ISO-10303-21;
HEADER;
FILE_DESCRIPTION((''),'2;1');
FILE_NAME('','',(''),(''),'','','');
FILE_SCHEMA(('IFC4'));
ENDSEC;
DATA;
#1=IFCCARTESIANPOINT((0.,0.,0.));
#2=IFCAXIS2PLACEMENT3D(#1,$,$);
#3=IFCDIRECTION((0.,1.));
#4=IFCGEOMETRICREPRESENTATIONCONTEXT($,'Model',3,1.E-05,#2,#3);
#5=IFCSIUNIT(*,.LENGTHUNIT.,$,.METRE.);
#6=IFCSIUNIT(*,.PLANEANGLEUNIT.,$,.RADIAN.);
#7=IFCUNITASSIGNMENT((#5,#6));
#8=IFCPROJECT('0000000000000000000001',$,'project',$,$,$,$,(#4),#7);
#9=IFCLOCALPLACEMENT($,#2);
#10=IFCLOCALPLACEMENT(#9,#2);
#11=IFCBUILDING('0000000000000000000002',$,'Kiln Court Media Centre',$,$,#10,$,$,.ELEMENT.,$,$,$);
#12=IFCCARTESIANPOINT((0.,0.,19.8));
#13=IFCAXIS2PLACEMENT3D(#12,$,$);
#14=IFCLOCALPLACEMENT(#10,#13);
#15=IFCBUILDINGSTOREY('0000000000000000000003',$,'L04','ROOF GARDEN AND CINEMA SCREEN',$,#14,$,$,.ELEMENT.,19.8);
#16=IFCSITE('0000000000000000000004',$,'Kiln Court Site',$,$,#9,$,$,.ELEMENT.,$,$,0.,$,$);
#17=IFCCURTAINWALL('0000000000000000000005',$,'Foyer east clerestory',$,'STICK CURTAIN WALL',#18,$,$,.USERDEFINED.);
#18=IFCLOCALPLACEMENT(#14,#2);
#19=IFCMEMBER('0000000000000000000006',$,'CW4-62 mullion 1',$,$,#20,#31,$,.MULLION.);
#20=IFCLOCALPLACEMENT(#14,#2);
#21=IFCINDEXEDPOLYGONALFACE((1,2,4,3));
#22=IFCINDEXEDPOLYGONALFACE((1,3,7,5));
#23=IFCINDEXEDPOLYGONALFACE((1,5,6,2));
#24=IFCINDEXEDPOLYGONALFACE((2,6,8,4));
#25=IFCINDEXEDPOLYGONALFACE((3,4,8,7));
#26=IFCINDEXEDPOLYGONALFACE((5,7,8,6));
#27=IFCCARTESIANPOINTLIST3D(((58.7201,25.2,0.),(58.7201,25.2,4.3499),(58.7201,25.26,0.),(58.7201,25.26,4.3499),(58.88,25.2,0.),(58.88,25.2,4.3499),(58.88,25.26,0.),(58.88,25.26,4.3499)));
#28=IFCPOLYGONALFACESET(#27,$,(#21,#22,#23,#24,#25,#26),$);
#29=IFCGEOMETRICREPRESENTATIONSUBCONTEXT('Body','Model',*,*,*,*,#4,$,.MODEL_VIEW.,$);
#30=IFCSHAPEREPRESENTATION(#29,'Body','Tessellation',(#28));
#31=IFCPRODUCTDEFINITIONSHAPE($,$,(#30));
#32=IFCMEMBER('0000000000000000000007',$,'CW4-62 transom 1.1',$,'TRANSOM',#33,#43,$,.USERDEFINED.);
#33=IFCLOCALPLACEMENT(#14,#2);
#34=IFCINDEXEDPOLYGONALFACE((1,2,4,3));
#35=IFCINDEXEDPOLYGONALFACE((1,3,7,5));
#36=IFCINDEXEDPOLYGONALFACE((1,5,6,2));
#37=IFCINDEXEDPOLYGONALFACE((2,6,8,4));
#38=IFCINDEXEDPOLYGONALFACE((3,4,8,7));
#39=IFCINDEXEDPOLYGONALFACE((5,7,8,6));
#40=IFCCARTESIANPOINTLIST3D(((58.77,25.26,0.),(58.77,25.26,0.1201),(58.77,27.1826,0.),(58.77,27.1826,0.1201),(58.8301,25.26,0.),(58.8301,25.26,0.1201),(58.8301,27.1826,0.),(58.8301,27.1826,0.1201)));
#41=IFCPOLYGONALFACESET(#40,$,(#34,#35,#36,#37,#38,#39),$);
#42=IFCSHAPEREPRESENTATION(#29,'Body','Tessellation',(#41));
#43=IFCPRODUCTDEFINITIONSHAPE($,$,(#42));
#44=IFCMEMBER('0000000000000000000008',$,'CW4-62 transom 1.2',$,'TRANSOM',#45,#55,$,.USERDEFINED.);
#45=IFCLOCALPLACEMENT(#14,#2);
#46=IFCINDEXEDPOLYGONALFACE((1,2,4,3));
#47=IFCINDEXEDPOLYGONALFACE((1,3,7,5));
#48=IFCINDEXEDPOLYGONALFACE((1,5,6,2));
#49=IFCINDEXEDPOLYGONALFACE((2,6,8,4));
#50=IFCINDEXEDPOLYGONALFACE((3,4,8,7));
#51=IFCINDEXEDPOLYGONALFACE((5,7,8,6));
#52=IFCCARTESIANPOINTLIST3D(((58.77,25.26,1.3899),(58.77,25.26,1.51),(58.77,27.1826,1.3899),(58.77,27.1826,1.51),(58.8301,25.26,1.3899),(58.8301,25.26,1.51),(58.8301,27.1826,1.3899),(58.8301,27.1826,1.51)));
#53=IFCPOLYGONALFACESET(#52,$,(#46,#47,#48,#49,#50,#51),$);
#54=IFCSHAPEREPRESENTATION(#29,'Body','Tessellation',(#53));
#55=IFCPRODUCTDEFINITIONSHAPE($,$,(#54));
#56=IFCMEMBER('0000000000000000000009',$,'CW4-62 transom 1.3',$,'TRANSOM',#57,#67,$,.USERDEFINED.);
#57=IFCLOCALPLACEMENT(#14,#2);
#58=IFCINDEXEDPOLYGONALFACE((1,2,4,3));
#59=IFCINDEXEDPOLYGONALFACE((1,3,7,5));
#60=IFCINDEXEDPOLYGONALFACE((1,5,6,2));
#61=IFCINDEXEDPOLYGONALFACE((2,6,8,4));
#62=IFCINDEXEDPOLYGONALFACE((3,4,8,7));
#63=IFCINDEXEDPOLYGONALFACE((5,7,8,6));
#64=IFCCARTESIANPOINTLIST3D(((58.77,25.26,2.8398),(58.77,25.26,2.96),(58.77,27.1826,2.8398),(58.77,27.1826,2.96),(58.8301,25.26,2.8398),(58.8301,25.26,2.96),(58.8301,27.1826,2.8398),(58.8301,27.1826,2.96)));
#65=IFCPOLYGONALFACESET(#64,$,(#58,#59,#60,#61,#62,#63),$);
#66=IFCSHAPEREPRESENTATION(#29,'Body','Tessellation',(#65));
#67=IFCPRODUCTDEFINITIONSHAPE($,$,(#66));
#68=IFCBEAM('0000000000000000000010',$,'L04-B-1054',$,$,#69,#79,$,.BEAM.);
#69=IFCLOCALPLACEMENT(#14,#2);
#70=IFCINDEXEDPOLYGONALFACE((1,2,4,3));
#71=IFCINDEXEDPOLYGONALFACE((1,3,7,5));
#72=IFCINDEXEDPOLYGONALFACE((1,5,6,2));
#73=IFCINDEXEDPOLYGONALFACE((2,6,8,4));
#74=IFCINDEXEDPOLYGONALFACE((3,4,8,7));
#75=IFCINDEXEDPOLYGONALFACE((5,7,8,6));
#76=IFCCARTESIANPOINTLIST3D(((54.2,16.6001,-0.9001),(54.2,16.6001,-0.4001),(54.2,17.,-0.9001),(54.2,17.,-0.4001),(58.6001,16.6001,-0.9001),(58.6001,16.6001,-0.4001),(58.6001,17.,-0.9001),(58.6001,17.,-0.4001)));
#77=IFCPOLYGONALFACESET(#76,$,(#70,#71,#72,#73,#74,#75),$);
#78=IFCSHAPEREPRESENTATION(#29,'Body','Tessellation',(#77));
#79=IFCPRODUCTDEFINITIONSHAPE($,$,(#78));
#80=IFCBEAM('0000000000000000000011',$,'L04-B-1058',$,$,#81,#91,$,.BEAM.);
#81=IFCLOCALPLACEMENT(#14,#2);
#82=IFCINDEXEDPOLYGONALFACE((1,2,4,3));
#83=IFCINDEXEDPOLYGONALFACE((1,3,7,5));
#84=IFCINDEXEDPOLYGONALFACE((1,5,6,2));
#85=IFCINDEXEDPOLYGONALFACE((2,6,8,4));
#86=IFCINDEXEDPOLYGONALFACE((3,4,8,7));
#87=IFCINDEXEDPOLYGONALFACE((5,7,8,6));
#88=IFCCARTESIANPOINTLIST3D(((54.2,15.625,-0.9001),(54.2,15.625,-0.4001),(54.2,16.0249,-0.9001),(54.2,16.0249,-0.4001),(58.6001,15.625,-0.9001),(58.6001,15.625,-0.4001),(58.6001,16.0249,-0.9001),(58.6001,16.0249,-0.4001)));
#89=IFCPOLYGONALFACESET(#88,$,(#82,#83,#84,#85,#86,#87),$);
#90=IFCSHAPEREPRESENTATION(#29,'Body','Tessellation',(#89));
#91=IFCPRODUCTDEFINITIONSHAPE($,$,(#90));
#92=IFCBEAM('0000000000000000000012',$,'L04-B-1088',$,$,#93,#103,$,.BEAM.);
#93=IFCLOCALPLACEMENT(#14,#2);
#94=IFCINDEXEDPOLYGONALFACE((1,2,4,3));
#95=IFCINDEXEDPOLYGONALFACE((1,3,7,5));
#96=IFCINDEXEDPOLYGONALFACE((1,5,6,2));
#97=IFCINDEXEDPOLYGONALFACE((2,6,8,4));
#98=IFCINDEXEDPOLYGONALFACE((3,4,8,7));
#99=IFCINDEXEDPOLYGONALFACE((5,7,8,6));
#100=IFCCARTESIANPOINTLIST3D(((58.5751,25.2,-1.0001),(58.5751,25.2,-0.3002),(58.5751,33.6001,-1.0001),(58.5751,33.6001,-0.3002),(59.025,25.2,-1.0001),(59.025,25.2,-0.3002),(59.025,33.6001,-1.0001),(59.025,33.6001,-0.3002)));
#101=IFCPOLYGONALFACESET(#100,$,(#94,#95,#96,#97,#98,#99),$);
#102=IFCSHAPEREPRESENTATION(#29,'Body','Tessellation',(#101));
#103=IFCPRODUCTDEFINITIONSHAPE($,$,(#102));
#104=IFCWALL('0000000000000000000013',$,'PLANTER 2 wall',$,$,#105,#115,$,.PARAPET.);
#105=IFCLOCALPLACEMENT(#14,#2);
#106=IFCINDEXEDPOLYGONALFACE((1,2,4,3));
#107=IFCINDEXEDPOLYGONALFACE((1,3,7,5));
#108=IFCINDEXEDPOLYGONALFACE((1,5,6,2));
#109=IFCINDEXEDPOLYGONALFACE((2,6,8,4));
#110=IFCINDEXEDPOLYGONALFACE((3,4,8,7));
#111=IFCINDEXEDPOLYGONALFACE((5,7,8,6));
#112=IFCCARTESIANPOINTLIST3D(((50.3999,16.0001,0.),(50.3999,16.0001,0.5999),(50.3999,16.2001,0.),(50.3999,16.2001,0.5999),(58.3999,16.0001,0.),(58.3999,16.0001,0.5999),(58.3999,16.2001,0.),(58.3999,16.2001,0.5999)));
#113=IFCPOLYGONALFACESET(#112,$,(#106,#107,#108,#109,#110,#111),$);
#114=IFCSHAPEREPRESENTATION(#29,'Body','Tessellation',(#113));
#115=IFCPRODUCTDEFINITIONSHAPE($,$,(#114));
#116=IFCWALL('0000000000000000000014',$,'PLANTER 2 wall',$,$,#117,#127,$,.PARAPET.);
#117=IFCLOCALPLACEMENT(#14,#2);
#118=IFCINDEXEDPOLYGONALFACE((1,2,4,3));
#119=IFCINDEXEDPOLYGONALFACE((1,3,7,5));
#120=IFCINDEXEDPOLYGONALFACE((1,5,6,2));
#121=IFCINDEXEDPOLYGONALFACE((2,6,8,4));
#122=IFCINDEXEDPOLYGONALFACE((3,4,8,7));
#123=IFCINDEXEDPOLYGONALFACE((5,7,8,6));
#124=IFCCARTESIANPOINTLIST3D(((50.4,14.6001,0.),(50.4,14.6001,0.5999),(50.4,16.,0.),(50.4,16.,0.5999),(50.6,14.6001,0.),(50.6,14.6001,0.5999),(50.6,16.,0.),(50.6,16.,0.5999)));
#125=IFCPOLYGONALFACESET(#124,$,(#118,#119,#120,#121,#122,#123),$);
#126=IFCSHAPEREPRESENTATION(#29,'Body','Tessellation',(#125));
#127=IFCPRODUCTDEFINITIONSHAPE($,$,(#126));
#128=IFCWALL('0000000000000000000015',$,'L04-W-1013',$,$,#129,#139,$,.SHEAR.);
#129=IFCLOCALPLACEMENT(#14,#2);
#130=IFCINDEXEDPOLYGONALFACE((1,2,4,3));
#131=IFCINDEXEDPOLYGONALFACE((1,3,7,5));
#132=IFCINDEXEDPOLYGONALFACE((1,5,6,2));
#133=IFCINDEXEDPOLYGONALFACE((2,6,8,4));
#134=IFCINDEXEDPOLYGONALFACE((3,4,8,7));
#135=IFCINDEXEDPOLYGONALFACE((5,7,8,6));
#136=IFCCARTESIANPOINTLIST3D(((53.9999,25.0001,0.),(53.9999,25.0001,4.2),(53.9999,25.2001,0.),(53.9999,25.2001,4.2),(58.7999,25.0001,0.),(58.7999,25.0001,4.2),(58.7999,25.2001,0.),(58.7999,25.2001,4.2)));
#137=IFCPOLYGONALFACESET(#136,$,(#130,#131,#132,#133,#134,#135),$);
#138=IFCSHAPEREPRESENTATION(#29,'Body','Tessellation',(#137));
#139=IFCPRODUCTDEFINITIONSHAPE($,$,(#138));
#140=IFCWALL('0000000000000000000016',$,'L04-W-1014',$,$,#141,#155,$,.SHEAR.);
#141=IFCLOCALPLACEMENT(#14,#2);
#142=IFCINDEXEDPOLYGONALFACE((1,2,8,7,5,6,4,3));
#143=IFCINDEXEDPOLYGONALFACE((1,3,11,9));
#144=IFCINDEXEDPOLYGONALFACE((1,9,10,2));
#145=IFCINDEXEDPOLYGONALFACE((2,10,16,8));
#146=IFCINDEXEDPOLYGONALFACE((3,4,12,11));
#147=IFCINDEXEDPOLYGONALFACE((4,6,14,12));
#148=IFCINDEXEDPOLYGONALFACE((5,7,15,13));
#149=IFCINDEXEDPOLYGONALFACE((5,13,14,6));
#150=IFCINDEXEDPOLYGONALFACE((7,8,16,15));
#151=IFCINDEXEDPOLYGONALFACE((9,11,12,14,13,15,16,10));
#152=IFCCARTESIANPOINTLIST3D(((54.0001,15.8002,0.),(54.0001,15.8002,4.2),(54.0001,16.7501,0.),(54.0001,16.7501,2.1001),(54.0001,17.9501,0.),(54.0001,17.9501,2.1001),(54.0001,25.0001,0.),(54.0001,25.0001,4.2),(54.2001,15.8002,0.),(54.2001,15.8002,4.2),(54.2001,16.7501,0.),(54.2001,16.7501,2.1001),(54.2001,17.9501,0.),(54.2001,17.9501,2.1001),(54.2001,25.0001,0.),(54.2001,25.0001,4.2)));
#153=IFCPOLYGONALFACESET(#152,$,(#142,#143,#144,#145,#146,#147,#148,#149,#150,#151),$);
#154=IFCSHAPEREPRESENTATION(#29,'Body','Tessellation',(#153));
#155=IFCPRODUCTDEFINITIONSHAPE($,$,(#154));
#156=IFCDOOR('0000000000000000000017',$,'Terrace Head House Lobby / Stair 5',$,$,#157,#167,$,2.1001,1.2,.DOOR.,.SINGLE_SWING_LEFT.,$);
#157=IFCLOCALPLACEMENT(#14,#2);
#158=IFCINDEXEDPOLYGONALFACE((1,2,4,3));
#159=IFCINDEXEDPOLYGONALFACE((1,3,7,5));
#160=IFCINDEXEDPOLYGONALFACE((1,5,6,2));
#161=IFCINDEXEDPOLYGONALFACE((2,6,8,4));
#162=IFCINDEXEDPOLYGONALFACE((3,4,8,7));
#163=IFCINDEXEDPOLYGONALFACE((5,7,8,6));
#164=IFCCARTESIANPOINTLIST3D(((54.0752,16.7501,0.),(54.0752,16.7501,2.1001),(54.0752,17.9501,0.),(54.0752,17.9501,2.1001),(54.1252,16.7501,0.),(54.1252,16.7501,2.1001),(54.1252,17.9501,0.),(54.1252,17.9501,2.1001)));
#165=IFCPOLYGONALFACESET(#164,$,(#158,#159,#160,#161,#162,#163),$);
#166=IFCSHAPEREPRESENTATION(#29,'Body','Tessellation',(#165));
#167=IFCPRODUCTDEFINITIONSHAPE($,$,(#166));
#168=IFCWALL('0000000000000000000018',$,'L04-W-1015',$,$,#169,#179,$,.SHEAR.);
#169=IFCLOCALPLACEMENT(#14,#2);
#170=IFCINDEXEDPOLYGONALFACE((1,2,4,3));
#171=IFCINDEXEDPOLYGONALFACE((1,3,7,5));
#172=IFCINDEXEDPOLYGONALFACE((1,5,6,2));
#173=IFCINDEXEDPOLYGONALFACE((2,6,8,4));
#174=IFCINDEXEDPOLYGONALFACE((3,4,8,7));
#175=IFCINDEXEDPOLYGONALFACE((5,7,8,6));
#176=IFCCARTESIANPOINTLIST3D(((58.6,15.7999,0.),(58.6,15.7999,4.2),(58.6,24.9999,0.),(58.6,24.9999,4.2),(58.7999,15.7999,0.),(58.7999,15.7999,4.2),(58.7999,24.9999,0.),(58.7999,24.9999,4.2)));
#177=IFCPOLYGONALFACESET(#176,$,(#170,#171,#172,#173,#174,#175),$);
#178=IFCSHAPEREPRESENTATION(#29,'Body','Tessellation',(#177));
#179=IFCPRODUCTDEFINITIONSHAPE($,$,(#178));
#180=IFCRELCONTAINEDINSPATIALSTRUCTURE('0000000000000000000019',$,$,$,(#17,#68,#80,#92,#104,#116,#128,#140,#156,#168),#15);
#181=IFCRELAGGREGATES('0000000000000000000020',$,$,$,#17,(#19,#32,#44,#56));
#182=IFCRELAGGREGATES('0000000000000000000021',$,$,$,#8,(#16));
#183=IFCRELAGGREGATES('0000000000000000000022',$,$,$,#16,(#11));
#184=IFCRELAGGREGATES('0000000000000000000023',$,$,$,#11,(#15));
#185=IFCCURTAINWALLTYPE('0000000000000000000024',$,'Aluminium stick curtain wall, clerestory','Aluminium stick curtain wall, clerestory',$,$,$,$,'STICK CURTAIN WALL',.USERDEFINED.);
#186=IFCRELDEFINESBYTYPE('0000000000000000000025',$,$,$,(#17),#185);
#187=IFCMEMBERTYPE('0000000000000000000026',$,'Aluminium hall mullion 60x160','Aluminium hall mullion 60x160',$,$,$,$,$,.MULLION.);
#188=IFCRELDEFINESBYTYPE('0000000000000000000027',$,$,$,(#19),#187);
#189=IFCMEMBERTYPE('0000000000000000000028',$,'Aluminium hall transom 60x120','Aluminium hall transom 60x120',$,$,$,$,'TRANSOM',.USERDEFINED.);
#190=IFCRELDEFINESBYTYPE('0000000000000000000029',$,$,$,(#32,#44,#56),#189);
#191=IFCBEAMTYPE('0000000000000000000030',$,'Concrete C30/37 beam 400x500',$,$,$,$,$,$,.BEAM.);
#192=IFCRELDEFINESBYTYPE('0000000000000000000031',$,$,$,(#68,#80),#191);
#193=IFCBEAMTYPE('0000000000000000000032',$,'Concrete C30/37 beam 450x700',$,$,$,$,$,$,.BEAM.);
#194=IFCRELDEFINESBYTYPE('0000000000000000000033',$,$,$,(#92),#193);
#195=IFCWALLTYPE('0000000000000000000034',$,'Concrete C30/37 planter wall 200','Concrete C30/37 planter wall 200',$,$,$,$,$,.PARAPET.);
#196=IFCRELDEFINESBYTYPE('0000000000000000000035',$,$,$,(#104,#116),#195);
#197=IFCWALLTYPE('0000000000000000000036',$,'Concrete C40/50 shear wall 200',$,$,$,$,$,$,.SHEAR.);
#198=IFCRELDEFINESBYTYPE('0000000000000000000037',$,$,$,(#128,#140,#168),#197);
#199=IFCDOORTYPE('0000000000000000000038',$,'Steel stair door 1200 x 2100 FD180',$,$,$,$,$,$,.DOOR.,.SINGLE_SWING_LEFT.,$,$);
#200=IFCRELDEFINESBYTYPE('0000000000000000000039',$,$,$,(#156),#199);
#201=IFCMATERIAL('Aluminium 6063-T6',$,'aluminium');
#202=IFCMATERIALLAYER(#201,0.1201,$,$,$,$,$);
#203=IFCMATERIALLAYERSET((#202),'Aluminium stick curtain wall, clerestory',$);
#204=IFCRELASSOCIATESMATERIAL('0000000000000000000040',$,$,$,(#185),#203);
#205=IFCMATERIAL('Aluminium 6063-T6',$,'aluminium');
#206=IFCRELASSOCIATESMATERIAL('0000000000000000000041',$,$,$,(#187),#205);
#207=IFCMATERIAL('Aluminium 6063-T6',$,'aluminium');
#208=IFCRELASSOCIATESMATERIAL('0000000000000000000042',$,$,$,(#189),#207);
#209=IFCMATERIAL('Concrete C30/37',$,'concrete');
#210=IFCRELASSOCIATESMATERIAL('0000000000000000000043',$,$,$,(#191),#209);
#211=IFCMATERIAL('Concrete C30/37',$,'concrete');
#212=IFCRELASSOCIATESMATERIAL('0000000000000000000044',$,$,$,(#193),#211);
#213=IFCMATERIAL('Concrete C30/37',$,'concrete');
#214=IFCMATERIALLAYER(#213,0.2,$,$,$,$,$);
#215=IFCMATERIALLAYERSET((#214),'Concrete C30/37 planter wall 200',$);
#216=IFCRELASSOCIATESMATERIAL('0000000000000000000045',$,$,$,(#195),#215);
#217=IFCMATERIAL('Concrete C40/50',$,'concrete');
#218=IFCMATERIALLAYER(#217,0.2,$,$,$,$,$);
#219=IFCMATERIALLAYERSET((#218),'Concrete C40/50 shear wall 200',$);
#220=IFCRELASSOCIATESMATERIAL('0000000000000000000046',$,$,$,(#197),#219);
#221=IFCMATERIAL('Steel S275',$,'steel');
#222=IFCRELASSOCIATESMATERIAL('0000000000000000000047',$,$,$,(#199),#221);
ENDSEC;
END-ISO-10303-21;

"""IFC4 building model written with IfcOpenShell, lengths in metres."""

from ifc_helpers import new_model, si_unit, direction, frame, frame_2d, origin, origin_2d, place, context, subcontext, project, spatial, rectangle, extrude, material, layer, layer_set, material_profile, profile_set, type_object, element, fill, aggregate, save


model = new_model("IFC4")

# Units and contexts
model_context = context("Model", 3, precision=1e-05, world=origin(), true_north=direction((0.0, 1.0)))
body_context = subcontext(model_context, "Body", "Model", "MODEL_VIEW")
ifc_project = project(units=[si_unit("LENGTHUNIT", "METRE"), si_unit("PLANEANGLEUNIT", "RADIAN")], contexts=[model_context])

# Site, building, storey
site_placement = place(None, origin())
site = spatial("IfcSite", under=ifc_project, at=site_placement, Name="Kiln Court Site", CompositionType="ELEMENT", RefElevation=0.0)
building_placement = place(site_placement, origin())
building = spatial("IfcBuilding", under=site, at=building_placement, Name="Kiln Court Media Centre", CompositionType="ELEMENT")
storey_placement = place(building_placement, frame((0.0, 0.0, 19.8)))
storey = spatial("IfcBuildingStorey", under=building, at=storey_placement, Name="L04", Description="ROOF GARDEN AND CINEMA SCREEN", CompositionType="ELEMENT", Elevation=19.8)

# Curtain wall, members
ifc_material_1 = material(Name="Aluminium 6063-T6", Category="aluminium")
ifc_layer_1 = layer(ifc_material_1, 0.1201)
ifc_layer_set_1 = layer_set([ifc_layer_1], Name="Aluminium stick curtain wall, clerestory")
curtain_wall_type = type_object("IfcCurtainWallType", Name="Aluminium stick curtain wall, clerestory", Description="Aluminium stick curtain wall, clerestory", ElementType="STICK CURTAIN WALL", PredefinedType="USERDEFINED", material=ifc_layer_set_1)
curtain_wall_placement = place(storey_placement, origin())
curtain_wall = element("IfcCurtainWall", 1, at=curtain_wall_placement, inside=storey, type_object=curtain_wall_type, Name="Foyer east clerestory", ObjectType="STICK CURTAIN WALL", PredefinedType="USERDEFINED")
ifc_material_2 = material(Name="Aluminium 6063-T6", Category="aluminium")
ifc_material_profile_1 = material_profile(ifc_material_2, rectangle(XDim=0.0601, YDim=0.1599, at=origin_2d()), Name="Aluminium hall mullion 60x160")
ifc_profile_set_1 = profile_set([ifc_material_profile_1], Name="Aluminium 6063-T6")
member_type_1 = type_object("IfcMemberType", Name="Aluminium hall mullion 60x160", Description="Aluminium hall mullion 60x160", PredefinedType="MULLION", material=ifc_profile_set_1)
member_1_placement = place(storey_placement, frame((58.8, 25.23, 0.0), z_axis=(0.0, 0.0, 1.0), x_axis=(0.0, 1.0, 0.0)))
member_1 = element("IfcMember", 2, at=member_1_placement, type_object=member_type_1, Name="CW4-62 mullion 1", PredefinedType="MULLION", context=body_context, shape_type="SweptSolid", body=[
    extrude(rectangle(XDim=0.0601, YDim=0.1599, at=origin_2d()), origin(), (0.0, 0.0, 1.0), 4.3499),
])
ifc_material_3 = material(Name="Aluminium 6063-T6", Category="aluminium")
ifc_material_profile_2 = material_profile(ifc_material_3, rectangle(XDim=0.0601, YDim=0.1201, at=origin_2d()), Name="Aluminium hall transom 60x120")
ifc_profile_set_2 = profile_set([ifc_material_profile_2], Name="Aluminium 6063-T6")
member_type_2 = type_object("IfcMemberType", Name="Aluminium hall transom 60x120", Description="Aluminium hall transom 60x120", ElementType="TRANSOM", PredefinedType="USERDEFINED", material=ifc_profile_set_2)
member_2_placement = place(storey_placement, frame((58.8, 25.26, 0.0601), z_axis=(0.0, 1.0, 0.0), x_axis=(-1.0, 0.0, 0.0)))
member_2 = element("IfcMember", 3, at=member_2_placement, type_object=member_type_2, Name="CW4-62 transom 1.1", ObjectType="TRANSOM", PredefinedType="USERDEFINED", context=body_context, shape_type="SweptSolid", body=[
    extrude(rectangle(XDim=0.0601, YDim=0.1201, at=origin_2d()), origin(), (0.0, 0.0, 1.0), 1.9226),
])
member_3_placement = place(storey_placement, frame((58.8, 25.26, 1.45), z_axis=(0.0, 1.0, 0.0), x_axis=(-1.0, 0.0, 0.0)))
member_3 = element("IfcMember", 4, at=member_3_placement, type_object=member_type_2, Name="CW4-62 transom 1.2", ObjectType="TRANSOM", PredefinedType="USERDEFINED", context=body_context, shape_type="SweptSolid", body=[
    extrude(rectangle(XDim=0.0601, YDim=0.1201, at=origin_2d()), origin(), (0.0, 0.0, 1.0), 1.9226),
])
member_4_placement = place(storey_placement, frame((58.8, 25.26, 2.8999), z_axis=(0.0, 1.0, 0.0), x_axis=(-1.0, 0.0, 0.0)))
member_4 = element("IfcMember", 5, at=member_4_placement, type_object=member_type_2, Name="CW4-62 transom 1.3", ObjectType="TRANSOM", PredefinedType="USERDEFINED", context=body_context, shape_type="SweptSolid", body=[
    extrude(rectangle(XDim=0.0601, YDim=0.1201, at=origin_2d()), origin(), (0.0, 0.0, 1.0), 1.9226),
])
aggregate(curtain_wall, [member_1, member_2, member_3, member_4])

# Beams
ifc_material_4 = material(Name="Concrete C30/37", Category="concrete")
ifc_material_profile_3 = material_profile(ifc_material_4, rectangle(XDim=0.3999, YDim=0.5, at=origin_2d()), Name="RC 400x500")
ifc_profile_set_3 = profile_set([ifc_material_profile_3], Name="Concrete C30/37")
beam_type_1 = type_object("IfcBeamType", Name="Concrete C30/37 beam 400x500", PredefinedType="BEAM", material=ifc_profile_set_3)
for number, where, z_axis, x_axis, name in (
    (6, (54.2, 16.8, -0.6501), (1.0, 0.0, 0.0), (0.0, 1.0, 0.0), "L04-B-1054"),
    (7, (58.6001, 15.825, -0.6501), (-1.0, 0.0, 0.0), (0.0, -1.0, 0.0), "L04-B-1058"),
):
    element("IfcBeam", number, at=place(storey_placement, frame(where, z_axis=z_axis, x_axis=x_axis)), inside=storey, type_object=beam_type_1, Name=name, PredefinedType="BEAM", context=body_context, shape_type="SweptSolid", body=[
        extrude(rectangle(XDim=0.3999, YDim=0.5, at=origin_2d()), origin(), (0.0, 0.0, 1.0), 4.4001),
    ])
ifc_material_5 = material(Name="Concrete C30/37", Category="concrete")
ifc_material_profile_4 = material_profile(ifc_material_5, rectangle(XDim=0.45, YDim=0.7, at=origin_2d()), Name="RC 450x700")
ifc_profile_set_4 = profile_set([ifc_material_profile_4], Name="Concrete C30/37")
beam_type_2 = type_object("IfcBeamType", Name="Concrete C30/37 beam 450x700", PredefinedType="BEAM", material=ifc_profile_set_4)
beam_placement = place(storey_placement, frame((58.8, 25.2, -0.6501), z_axis=(0.0, 1.0, 0.0), x_axis=(-1.0, 0.0, 0.0)))
element("IfcBeam", 8, at=beam_placement, inside=storey, type_object=beam_type_2, Name="L04-B-1088", PredefinedType="BEAM", context=body_context, shape_type="SweptSolid", body=[
    extrude(rectangle(XDim=0.45, YDim=0.7, at=origin_2d()), origin(), (0.0, 0.0, 1.0), 8.4001),
])

# Walls
ifc_material_6 = material(Name="Concrete C30/37", Category="concrete")
ifc_layer_2 = layer(ifc_material_6, 0.2)
ifc_layer_set_2 = layer_set([ifc_layer_2], Name="Concrete C30/37 planter wall 200")
wall_type_1 = type_object("IfcWallType", Name="Concrete C30/37 planter wall 200", Description="Concrete C30/37 planter wall 200", PredefinedType="PARAPET", material=ifc_layer_set_2)
wall_1_placement = place(storey_placement, frame((58.3999, 16.1001, 0.0), z_axis=(0.0, 0.0, 1.0), x_axis=(-1.0, 0.0, 0.0)))
element("IfcWall", 9, at=wall_1_placement, inside=storey, type_object=wall_type_1, Name="PLANTER 2 wall", PredefinedType="PARAPET", context=body_context, shape_type="SweptSolid", body=[
    extrude(rectangle(XDim=8.0, YDim=0.2, at=frame_2d((4.0, 0.0))), origin(), (0.0, 0.0, 1.0), 0.5999),
])
wall_2_placement = place(storey_placement, frame((50.5, 16.0, 0.0), z_axis=(0.0, 0.0, 1.0), x_axis=(0.0, -1.0, 0.0)))
element("IfcWall", 10, at=wall_2_placement, inside=storey, type_object=wall_type_1, Name="PLANTER 2 wall", PredefinedType="PARAPET", context=body_context, shape_type="SweptSolid", body=[
    extrude(rectangle(XDim=1.3999, YDim=0.2, at=frame_2d((0.7, 0.0))), origin(), (0.0, 0.0, 1.0), 0.5999),
])
ifc_material_7 = material(Name="Concrete C40/50", Category="concrete")
ifc_layer_3 = layer(ifc_material_7, 0.2)
ifc_layer_set_3 = layer_set([ifc_layer_3], Name="Concrete C40/50 shear wall 200")
wall_type_2 = type_object("IfcWallType", Name="Concrete C40/50 shear wall 200", PredefinedType="SHEAR", material=ifc_layer_set_3)
wall_3_placement = place(storey_placement, frame((54.0, 25.1001, 0.0), z_axis=(0.0, 0.0, 1.0), x_axis=(1.0, 0.0, 0.0)))
element("IfcWall", 11, at=wall_3_placement, inside=storey, type_object=wall_type_2, Name="L04-W-1013", PredefinedType="SHEAR", context=body_context, shape_type="SweptSolid", body=[
    extrude(rectangle(XDim=4.8, YDim=0.2, at=frame_2d((2.3999, 0.0))), origin(), (0.0, 0.0, 1.0), 4.2),
])

# Wall, opening, door
wall_4_placement = place(storey_placement, frame((54.1001, 15.8, 0.0), z_axis=(0.0, 0.0, 1.0), x_axis=(0.0, 1.0, 0.0)))
wall_4 = element("IfcWall", 12, at=wall_4_placement, inside=storey, type_object=wall_type_2, Name="L04-W-1014", PredefinedType="SHEAR", context=body_context, shape_type="SweptSolid", body=[
    extrude(rectangle(XDim=9.2, YDim=0.2, at=frame_2d((4.6001, 0.0))), origin(), (0.0, 0.0, 1.0), 4.2),
])
opening_1_placement = place(wall_4_placement, frame((0.95, 0.0, 0.0)))
opening_1 = element("IfcOpeningElement", 13, at=opening_1_placement, cuts=wall_4, PredefinedType="OPENING", context=body_context, shape_type="SweptSolid", body=[
    extrude(rectangle(XDim=1.2, YDim=2.1001, at=frame_2d((0.6001, 1.05))), frame((0.0, 0.1099, 0.0), z_axis=(0.0, -1.0, 0.0), x_axis=(1.0, 0.0, 0.0)), (0.0, 0.0, 1.0), 0.22),
])
ifc_material_8 = material(Name="Steel S275", Category="steel")
door_type_1 = type_object("IfcDoorType", Name="Steel stair door 1200 x 2100 FD180", OperationType="SINGLE_SWING_LEFT", PredefinedType="DOOR", material=ifc_material_8)
door_1_placement = place(opening_1_placement, origin())
door_1 = element("IfcDoor", 14, at=door_1_placement, inside=storey, type_object=door_type_1, Name="Terrace Head House Lobby / Stair 5", OperationType="SINGLE_SWING_LEFT", OverallHeight=2.1001, OverallWidth=1.2, PredefinedType="DOOR", context=body_context, shape_type="SweptSolid", body=[
    extrude(rectangle(XDim=1.2, YDim=2.1001, at=frame_2d((0.6001, 1.05))), frame((0.0, 0.0249, 0.0), z_axis=(0.0, -1.0, 0.0), x_axis=(1.0, 0.0, 0.0)), (0.0, 0.0, 1.0), 0.05),
])
fill(opening_1, door_1)

# Wall
wall_5_placement = place(storey_placement, frame((58.7, 25.0, 0.0), z_axis=(0.0, 0.0, 1.0), x_axis=(0.0, -1.0, 0.0)))
element("IfcWall", 15, at=wall_5_placement, inside=storey, type_object=wall_type_2, Name="L04-W-1015", PredefinedType="SHEAR", context=body_context, shape_type="SweptSolid", body=[
    extrude(rectangle(XDim=9.2, YDim=0.2, at=frame_2d((4.6001, 0.0))), origin(), (0.0, 0.0, 1.0), 4.2),
])

save(model, "model.ifc")
